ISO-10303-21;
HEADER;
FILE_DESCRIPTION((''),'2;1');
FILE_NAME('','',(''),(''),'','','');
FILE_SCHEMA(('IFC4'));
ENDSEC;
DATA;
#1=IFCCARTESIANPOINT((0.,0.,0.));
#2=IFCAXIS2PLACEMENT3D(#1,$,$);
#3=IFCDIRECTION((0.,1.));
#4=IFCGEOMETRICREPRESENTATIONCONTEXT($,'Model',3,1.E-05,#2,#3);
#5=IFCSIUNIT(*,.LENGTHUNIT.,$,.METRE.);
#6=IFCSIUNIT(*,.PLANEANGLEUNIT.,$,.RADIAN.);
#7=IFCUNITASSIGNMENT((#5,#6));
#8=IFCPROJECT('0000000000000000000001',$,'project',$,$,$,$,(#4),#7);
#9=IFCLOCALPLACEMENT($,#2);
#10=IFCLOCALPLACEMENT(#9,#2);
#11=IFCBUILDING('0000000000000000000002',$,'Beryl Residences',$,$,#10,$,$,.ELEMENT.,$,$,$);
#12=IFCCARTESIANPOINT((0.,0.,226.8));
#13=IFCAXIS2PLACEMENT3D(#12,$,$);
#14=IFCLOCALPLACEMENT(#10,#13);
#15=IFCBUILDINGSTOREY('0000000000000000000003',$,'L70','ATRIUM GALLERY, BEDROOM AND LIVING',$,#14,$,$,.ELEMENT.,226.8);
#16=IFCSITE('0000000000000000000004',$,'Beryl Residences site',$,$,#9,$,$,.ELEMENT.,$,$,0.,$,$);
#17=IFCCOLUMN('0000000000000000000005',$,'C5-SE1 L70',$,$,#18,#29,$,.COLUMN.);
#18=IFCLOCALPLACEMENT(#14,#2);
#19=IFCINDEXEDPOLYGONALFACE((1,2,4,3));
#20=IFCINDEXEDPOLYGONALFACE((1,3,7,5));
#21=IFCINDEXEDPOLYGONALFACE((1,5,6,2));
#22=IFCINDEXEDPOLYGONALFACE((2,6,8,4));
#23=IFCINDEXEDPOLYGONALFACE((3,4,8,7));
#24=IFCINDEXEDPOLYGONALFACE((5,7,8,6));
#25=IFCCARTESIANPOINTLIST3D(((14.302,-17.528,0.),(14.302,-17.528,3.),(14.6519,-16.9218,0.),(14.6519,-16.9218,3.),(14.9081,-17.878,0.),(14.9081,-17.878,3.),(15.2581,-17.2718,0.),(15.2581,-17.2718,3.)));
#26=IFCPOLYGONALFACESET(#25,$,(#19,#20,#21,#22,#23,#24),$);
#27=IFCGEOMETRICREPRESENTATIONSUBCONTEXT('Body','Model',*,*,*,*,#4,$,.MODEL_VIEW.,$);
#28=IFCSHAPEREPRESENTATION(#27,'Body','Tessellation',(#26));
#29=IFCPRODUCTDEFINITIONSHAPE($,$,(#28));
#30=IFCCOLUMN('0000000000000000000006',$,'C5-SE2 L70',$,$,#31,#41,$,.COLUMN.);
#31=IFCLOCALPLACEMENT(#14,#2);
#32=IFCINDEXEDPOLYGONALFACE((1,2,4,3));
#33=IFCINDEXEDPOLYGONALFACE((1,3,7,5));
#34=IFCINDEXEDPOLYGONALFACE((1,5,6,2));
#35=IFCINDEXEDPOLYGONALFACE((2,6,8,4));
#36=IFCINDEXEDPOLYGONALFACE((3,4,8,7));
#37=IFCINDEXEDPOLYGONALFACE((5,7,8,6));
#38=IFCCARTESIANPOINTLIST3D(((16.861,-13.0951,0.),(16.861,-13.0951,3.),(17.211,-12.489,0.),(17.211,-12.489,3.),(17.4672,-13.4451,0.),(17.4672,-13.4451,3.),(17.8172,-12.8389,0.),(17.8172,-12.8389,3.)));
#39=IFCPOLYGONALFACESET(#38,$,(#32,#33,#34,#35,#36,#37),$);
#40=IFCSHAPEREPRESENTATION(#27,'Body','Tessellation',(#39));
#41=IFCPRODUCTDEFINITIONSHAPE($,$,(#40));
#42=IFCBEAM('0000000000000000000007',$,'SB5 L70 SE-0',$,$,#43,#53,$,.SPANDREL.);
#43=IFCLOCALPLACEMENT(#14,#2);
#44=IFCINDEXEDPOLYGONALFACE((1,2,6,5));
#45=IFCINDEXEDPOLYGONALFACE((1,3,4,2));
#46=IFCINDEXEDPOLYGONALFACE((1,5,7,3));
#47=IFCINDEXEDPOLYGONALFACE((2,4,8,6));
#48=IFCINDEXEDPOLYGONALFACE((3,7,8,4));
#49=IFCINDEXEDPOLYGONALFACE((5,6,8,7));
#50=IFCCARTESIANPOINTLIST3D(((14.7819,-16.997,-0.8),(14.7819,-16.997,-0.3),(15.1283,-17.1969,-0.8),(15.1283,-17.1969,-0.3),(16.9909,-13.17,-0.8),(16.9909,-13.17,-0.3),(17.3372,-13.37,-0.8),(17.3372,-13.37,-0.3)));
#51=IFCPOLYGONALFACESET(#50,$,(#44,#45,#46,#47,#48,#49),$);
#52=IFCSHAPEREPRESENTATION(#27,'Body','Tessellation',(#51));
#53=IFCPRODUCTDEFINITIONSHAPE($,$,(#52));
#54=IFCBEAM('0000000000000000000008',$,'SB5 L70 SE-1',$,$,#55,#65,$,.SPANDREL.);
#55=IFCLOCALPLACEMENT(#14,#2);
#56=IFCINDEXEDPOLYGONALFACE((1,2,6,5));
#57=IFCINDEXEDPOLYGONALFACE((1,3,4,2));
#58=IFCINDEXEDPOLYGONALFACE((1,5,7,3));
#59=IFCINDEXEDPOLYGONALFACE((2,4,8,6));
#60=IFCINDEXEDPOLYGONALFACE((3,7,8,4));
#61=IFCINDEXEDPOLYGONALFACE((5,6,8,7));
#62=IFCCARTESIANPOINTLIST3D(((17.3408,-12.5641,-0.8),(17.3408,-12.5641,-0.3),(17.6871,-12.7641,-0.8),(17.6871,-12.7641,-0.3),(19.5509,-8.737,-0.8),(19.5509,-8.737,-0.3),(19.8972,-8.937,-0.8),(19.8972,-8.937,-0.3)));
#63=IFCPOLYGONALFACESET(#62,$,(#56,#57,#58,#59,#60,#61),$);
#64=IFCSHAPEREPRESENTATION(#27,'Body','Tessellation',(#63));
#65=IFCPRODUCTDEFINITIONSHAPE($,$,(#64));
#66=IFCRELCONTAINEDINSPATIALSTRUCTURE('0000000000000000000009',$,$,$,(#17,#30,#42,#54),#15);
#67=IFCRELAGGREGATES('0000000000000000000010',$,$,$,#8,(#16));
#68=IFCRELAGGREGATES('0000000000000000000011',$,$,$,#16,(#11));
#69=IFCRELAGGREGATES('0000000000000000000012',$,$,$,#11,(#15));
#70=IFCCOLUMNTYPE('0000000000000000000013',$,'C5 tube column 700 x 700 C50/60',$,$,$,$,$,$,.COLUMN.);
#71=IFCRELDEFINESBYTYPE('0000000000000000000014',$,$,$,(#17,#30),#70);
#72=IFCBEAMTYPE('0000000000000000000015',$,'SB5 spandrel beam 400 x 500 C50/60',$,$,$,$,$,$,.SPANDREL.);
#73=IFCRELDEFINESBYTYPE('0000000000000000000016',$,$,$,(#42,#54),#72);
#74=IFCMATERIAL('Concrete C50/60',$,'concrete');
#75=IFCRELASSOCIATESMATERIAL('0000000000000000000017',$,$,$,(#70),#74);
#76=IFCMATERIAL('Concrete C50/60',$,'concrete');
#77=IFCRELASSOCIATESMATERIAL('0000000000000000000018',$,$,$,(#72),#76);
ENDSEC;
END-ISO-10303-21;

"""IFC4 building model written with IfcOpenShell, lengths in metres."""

from ifc_helpers import new_model, si_unit, direction, frame, origin, origin_2d, place, context, subcontext, project, spatial, rectangle, extrude, material, material_profile, profile_set, type_object, element, save


model = new_model("IFC4")

# Units and contexts
model_context = context("Model", 3, precision=1e-05, world=origin(), true_north=direction((0.0, 1.0)))
body_context = subcontext(model_context, "Body", "Model", "MODEL_VIEW")
ifc_project = project(units=[si_unit("LENGTHUNIT", "METRE"), si_unit("PLANEANGLEUNIT", "RADIAN")], contexts=[model_context])

# Site, building, storey
site_placement = place(None, origin())
site = spatial("IfcSite", under=ifc_project, at=site_placement, Name="Beryl Residences site", CompositionType="ELEMENT", RefElevation=0.0)
building_placement = place(site_placement, origin())
building = spatial("IfcBuilding", under=site, at=building_placement, Name="Beryl Residences", CompositionType="ELEMENT")
storey_placement = place(building_placement, frame((0.0, 0.0, 226.8)))
storey = spatial("IfcBuildingStorey", under=building, at=storey_placement, Name="L70", Description="ATRIUM GALLERY, BEDROOM AND LIVING", CompositionType="ELEMENT", Elevation=226.8)

# Columns
ifc_material_1 = material(Name="Concrete C50/60", Category="concrete")
ifc_material_profile_1 = material_profile(ifc_material_1, rectangle(XDim=0.7, YDim=0.7, at=origin_2d()))
ifc_profile_set_1 = profile_set([ifc_material_profile_1], Name="Concrete C50/60")
column_type = type_object("IfcColumnType", Name="C5 tube column 700 x 700 C50/60", PredefinedType="COLUMN", material=ifc_profile_set_1)
for number, where, z_axis, x_axis, name in (
    (1, (14.78, -17.3999, 0.0), (0.0, 0.0, 1.0), (0.499985, 0.866034, 0.0), "C5-SE1 L70"),
    (2, (17.3391, -12.967, 0.0), (0.0, 0.0, 1.0), (0.499985, 0.866034, 0.0), "C5-SE2 L70"),
):
    element("IfcColumn", number, at=place(storey_placement, frame(where, z_axis=z_axis, x_axis=x_axis)), inside=storey, type_object=column_type, Name=name, PredefinedType="COLUMN", context=body_context, shape_type="SweptSolid", body=[
        extrude(rectangle(XDim=0.7, YDim=0.7, at=origin_2d()), origin(), (0.0, 0.0, 1.0), 3.0),
    ])

# Beams
ifc_material_2 = material(Name="Concrete C50/60", Category="concrete")
ifc_material_profile_2 = material_profile(ifc_material_2, rectangle(XDim=0.3999, YDim=0.5, at=origin_2d()))
ifc_profile_set_2 = profile_set([ifc_material_profile_2], Name="Concrete C50/60")
beam_type = type_object("IfcBeamType", Name="SB5 spandrel beam 400 x 500 C50/60", PredefinedType="SPANDREL", material=ifc_profile_set_2)
beam_1_placement = place(storey_placement, frame((14.9551, -17.0969, -0.55), z_axis=(0.499919, 0.866072, 0.0), x_axis=(-0.866072, 0.499919, 0.0)))
element("IfcBeam", 3, at=beam_1_placement, inside=storey, type_object=beam_type, Name="SB5 L70 SE-0", PredefinedType="SPANDREL", context=body_context, shape_type="SweptSolid", body=[
    extrude(rectangle(XDim=0.3999, YDim=0.5, at=origin_2d()), origin(), (0.0, 0.0, 1.0), 4.4187),
])
beam_2_placement = place(storey_placement, frame((17.5139, -12.6641, -0.55), z_axis=(0.500102, 0.865967, 0.0), x_axis=(-0.865967, 0.500102, 0.0)))
element("IfcBeam", 4, at=beam_2_placement, inside=storey, type_object=beam_type, Name="SB5 L70 SE-1", PredefinedType="SPANDREL", context=body_context, shape_type="SweptSolid", body=[
    extrude(rectangle(XDim=0.3999, YDim=0.5, at=origin_2d()), origin(), (0.0, 0.0, 1.0), 4.4194),
])

save(model, "model.ifc")
